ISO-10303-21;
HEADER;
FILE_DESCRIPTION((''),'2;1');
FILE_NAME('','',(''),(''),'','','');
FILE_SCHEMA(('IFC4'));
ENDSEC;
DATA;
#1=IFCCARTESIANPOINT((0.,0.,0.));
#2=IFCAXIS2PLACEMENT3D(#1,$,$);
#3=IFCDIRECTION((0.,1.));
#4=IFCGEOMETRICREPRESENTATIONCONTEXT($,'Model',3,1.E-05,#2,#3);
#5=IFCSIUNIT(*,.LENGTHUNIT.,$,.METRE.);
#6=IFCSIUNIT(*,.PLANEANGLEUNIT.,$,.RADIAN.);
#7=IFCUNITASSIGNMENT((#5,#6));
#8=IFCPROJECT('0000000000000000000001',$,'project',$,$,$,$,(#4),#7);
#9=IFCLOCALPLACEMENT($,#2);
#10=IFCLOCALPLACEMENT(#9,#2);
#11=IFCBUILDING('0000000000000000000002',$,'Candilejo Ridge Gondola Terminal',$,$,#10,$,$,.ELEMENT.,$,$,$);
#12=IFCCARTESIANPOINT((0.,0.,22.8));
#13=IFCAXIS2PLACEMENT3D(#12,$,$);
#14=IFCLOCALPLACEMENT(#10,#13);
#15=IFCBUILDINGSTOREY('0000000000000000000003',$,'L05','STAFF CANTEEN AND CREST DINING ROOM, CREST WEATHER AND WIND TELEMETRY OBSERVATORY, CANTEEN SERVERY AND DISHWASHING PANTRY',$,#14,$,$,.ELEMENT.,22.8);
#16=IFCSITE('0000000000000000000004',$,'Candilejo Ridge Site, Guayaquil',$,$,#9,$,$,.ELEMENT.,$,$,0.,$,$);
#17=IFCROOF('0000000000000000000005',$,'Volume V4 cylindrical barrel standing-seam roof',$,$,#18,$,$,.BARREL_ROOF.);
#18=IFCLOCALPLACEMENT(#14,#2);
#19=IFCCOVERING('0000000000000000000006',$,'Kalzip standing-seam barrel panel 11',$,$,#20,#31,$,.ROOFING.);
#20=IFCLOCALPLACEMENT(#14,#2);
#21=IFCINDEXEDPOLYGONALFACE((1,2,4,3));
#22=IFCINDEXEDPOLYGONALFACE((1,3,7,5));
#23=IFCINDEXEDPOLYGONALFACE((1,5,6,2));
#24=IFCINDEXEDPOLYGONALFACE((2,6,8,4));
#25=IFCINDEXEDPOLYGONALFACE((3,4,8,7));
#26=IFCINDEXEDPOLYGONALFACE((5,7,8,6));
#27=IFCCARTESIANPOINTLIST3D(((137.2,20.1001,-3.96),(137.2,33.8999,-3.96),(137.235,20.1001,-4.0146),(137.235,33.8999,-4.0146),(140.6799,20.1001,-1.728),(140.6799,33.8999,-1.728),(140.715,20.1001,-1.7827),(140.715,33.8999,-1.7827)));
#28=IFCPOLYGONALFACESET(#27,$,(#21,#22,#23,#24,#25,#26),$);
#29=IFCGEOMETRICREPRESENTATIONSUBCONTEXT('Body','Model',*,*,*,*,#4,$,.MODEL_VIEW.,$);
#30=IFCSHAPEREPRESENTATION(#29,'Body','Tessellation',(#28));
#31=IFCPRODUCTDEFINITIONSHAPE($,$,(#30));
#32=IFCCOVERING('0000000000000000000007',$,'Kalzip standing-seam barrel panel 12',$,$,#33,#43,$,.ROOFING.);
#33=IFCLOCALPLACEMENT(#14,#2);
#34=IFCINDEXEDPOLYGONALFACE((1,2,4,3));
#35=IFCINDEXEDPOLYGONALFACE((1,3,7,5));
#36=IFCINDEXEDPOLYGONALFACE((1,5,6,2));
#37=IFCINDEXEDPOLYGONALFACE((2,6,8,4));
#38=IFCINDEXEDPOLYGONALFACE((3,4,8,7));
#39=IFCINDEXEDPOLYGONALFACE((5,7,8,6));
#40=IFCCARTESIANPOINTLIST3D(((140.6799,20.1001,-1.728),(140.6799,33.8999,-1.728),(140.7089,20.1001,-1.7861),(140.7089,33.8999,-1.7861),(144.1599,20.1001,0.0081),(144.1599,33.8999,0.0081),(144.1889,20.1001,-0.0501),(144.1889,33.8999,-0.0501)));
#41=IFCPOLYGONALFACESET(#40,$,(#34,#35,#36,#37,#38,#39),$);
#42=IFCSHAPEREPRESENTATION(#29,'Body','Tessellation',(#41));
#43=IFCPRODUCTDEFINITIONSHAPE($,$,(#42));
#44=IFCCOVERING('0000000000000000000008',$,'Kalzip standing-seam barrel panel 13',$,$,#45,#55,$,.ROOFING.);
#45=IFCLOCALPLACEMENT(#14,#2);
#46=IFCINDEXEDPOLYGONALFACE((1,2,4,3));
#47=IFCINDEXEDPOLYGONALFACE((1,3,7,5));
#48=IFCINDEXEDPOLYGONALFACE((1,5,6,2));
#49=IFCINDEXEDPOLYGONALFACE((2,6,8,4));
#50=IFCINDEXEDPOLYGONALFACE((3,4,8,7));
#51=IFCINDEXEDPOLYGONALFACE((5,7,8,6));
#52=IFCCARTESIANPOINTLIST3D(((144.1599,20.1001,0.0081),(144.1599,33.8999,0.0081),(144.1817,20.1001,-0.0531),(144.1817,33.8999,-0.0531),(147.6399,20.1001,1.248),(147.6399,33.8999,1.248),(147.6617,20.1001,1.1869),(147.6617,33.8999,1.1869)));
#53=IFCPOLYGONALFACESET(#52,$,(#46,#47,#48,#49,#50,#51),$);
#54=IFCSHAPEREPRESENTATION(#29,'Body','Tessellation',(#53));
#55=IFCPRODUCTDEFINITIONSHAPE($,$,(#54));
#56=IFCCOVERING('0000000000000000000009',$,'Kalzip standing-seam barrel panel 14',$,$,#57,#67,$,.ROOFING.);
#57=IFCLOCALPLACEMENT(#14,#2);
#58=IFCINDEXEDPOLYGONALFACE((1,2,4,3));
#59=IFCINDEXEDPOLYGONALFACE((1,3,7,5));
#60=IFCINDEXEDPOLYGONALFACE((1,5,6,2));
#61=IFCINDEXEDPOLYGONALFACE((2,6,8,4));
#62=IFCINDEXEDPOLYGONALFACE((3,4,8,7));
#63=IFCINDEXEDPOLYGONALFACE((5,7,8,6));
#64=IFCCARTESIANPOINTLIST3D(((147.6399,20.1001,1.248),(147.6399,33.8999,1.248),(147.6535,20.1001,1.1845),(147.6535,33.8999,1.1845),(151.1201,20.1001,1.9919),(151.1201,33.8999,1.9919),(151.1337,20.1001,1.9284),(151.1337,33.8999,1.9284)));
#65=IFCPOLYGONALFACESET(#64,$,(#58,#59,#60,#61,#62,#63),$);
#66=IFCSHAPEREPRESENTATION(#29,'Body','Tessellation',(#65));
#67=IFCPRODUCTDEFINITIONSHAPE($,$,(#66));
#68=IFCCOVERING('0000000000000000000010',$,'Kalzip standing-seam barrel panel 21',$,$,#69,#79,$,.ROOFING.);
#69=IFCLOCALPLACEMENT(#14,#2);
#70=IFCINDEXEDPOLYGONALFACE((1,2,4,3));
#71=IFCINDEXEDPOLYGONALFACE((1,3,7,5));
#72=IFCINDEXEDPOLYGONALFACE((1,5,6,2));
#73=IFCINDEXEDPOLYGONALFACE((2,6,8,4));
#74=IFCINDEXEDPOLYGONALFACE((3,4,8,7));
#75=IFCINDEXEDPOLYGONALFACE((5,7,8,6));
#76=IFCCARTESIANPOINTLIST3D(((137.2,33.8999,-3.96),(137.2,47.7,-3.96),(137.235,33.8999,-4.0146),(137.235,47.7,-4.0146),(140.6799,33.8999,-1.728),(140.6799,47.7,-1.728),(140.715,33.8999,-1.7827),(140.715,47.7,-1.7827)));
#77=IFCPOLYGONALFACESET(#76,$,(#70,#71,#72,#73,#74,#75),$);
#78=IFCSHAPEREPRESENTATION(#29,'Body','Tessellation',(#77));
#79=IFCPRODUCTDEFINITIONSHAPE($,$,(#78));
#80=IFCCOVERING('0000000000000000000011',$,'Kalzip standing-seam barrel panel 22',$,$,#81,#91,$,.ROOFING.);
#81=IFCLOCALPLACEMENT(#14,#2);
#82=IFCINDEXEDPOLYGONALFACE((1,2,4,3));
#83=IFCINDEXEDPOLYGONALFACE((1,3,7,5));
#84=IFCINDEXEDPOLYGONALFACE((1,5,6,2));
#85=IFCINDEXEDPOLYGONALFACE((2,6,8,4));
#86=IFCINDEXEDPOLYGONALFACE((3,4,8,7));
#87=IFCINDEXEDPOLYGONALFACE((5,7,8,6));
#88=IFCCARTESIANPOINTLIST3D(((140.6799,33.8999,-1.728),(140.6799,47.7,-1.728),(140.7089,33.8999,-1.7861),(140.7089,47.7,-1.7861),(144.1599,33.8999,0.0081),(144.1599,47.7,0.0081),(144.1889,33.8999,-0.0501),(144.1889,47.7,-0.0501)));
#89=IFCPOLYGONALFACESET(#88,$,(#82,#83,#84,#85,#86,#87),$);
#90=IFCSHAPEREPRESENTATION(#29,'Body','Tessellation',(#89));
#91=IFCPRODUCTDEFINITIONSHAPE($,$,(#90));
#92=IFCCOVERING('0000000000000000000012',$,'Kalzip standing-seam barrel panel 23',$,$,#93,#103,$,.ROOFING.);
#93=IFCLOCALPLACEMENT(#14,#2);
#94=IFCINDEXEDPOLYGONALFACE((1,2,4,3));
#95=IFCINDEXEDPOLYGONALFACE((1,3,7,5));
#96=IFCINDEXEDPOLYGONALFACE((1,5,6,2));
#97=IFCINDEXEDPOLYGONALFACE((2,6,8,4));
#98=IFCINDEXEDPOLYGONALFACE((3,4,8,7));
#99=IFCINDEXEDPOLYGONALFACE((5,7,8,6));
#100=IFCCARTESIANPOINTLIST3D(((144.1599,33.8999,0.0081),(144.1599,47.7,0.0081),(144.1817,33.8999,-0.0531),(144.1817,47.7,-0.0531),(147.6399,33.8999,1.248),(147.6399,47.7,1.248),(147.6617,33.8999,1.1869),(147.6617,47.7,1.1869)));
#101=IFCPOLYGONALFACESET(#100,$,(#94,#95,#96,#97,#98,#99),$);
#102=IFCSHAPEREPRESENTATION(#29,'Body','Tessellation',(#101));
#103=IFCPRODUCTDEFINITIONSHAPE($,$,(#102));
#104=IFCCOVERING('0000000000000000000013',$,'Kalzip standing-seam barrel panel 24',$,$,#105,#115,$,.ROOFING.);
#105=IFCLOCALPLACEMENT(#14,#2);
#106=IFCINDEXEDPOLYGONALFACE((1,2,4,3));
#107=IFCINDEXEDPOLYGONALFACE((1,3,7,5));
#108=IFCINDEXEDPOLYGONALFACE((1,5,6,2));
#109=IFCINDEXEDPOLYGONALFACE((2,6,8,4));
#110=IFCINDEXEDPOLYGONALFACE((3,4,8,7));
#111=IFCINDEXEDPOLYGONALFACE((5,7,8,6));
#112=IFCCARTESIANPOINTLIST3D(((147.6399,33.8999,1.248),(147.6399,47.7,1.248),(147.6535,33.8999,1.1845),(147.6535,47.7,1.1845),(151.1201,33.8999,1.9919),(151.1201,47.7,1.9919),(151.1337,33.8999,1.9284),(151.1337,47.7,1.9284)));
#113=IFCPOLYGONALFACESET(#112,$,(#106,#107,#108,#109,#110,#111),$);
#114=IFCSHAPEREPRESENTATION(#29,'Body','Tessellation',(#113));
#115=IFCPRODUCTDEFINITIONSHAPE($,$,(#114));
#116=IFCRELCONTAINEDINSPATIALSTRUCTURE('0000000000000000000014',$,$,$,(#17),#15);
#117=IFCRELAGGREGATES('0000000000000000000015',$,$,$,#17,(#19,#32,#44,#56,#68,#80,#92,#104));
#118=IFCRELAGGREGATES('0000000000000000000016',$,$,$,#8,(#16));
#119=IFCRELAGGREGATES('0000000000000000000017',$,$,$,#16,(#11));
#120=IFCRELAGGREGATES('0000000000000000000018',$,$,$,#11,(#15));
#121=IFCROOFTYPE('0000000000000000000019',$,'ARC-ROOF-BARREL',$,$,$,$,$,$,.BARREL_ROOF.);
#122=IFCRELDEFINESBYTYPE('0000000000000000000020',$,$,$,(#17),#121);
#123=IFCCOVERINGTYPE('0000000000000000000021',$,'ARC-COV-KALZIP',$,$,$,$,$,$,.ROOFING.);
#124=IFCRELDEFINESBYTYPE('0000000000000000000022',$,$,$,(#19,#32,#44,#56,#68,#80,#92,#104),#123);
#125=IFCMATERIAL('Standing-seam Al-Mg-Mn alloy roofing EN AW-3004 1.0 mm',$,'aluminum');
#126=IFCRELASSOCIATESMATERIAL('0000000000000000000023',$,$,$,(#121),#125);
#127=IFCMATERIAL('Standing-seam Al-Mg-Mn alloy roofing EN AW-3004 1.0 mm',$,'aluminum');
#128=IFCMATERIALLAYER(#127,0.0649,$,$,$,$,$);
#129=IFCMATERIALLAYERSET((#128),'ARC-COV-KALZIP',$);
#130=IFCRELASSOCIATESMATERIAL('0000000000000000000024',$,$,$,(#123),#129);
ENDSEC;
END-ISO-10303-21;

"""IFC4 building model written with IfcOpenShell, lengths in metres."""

from ifc_helpers import new_model, si_unit, direction, frame, origin, place, context, subcontext, project, spatial, polyline, outline, extrude, material, layer, layer_set, type_object, element, aggregate, save


model = new_model("IFC4")

# Units and contexts
model_context = context("Model", 3, precision=1e-05, world=origin(), true_north=direction((0.0, 1.0)))
body_context = subcontext(model_context, "Body", "Model", "MODEL_VIEW")
ifc_project = project(units=[si_unit("LENGTHUNIT", "METRE"), si_unit("PLANEANGLEUNIT", "RADIAN")], contexts=[model_context])

# Site, building, storey
site_placement = place(None, origin())
site = spatial("IfcSite", under=ifc_project, at=site_placement, Name="Candilejo Ridge Site, Guayaquil", CompositionType="ELEMENT", RefElevation=0.0)
building_placement = place(site_placement, origin())
building = spatial("IfcBuilding", under=site, at=building_placement, Name="Candilejo Ridge Gondola Terminal", CompositionType="ELEMENT")
storey_placement = place(building_placement, frame((0.0, 0.0, 22.8)))
storey = spatial("IfcBuildingStorey", under=building, at=storey_placement, Name="L05", Description="STAFF CANTEEN AND CREST DINING ROOM, CREST WEATHER AND WIND TELEMETRY OBSERVATORY, CANTEEN SERVERY AND DISHWASHING PANTRY", CompositionType="ELEMENT", Elevation=22.8)

# Roof, coverings
ifc_material_1 = material(Name="Standing-seam Al-Mg-Mn alloy roofing EN AW-3004 1.0 mm", Category="aluminum")
roof_type = type_object("IfcRoofType", Name="ARC-ROOF-BARREL", PredefinedType="BARREL_ROOF", material=ifc_material_1)
roof_placement = place(storey_placement, origin())
roof = element("IfcRoof", 1, at=roof_placement, inside=storey, type_object=roof_type, Name="Volume V4 cylindrical barrel standing-seam roof", PredefinedType="BARREL_ROOF")
ifc_material_2 = material(Name="Standing-seam Al-Mg-Mn alloy roofing EN AW-3004 1.0 mm", Category="aluminum")
ifc_layer_1 = layer(ifc_material_2, 0.0649)
ifc_layer_set_1 = layer_set([ifc_layer_1], Name="ARC-COV-KALZIP")
covering_type = type_object("IfcCoveringType", Name="ARC-COV-KALZIP", PredefinedType="ROOFING", material=ifc_layer_set_1)
covering_1_placement = place(storey_placement, frame((137.2, 20.1001, -3.96), z_axis=(-0.539868, 0.0, 0.84175), x_axis=(0.84175, 0.0, 0.539868)))
covering_1 = element("IfcCovering", 2, at=covering_1_placement, type_object=covering_type, Name="Kalzip standing-seam barrel panel 11", PredefinedType="ROOFING", context=body_context, shape_type="SweptSolid", body=[
    extrude(outline(polyline([(0.0, 0.0), (4.1342, 0.0), (4.1342, 13.7998), (0.0, 13.7998), (0.0, 0.0)])), origin(), (0.0, 0.0, -1.0), 0.0649),
])
covering_2_placement = place(storey_placement, frame((140.6799, 20.1001, -1.728), z_axis=(-0.44641, 0.0, 0.894829), x_axis=(0.894829, 0.0, 0.44641)))
covering_2 = element("IfcCovering", 3, at=covering_2_placement, type_object=covering_type, Name="Kalzip standing-seam barrel panel 12", PredefinedType="ROOFING", context=body_context, shape_type="SweptSolid", body=[
    extrude(outline(polyline([(0.0, 0.0), (3.889, 0.0), (3.889, 13.7998), (0.0, 13.7998), (0.0, 0.0)])), origin(), (0.0, 0.0, -1.0), 0.0649),
])
covering_3_placement = place(storey_placement, frame((144.1599, 20.1001, 0.0081), z_axis=(-0.33565, 0.0, 0.941987), x_axis=(0.941987, 0.0, 0.33565)))
covering_3 = element("IfcCovering", 4, at=covering_3_placement, type_object=covering_type, Name="Kalzip standing-seam barrel panel 13", PredefinedType="ROOFING", context=body_context, shape_type="SweptSolid", body=[
    extrude(outline(polyline([(0.0, 0.0), (3.6943, 0.0), (3.6943, 13.7998), (0.0, 13.7998), (0.0, 0.0)])), origin(), (0.0, 0.0, -1.0), 0.0649),
])
covering_4_placement = place(storey_placement, frame((147.6399, 20.1001, 1.248), z_axis=(-0.209028, 0.0, 0.97791), x_axis=(0.97791, 0.0, 0.209028)))
covering_4 = element("IfcCovering", 5, at=covering_4_placement, type_object=covering_type, Name="Kalzip standing-seam barrel panel 14", PredefinedType="ROOFING", context=body_context, shape_type="SweptSolid", body=[
    extrude(outline(polyline([(0.0, 0.0), (3.5588, 0.0), (3.5588, 13.7998), (0.0, 13.7998), (0.0, 0.0)])), origin(), (0.0, 0.0, -1.0), 0.0649),
])
covering_5_placement = place(storey_placement, frame((137.2, 33.8999, -3.96), z_axis=(-0.539868, 0.0, 0.84175), x_axis=(0.84175, 0.0, 0.539868)))
covering_5 = element("IfcCovering", 6, at=covering_5_placement, type_object=covering_type, Name="Kalzip standing-seam barrel panel 21", PredefinedType="ROOFING", context=body_context, shape_type="SweptSolid", body=[
    extrude(outline(polyline([(0.0, 0.0), (4.1342, 0.0), (4.1342, 13.8), (0.0, 13.8), (0.0, 0.0)])), origin(), (0.0, 0.0, -1.0), 0.0649),
])
covering_6_placement = place(storey_placement, frame((140.6799, 33.8999, -1.728), z_axis=(-0.44641, 0.0, 0.894829), x_axis=(0.894829, 0.0, 0.44641)))
covering_6 = element("IfcCovering", 7, at=covering_6_placement, type_object=covering_type, Name="Kalzip standing-seam barrel panel 22", PredefinedType="ROOFING", context=body_context, shape_type="SweptSolid", body=[
    extrude(outline(polyline([(0.0, 0.0), (3.889, 0.0), (3.889, 13.8), (0.0, 13.8), (0.0, 0.0)])), origin(), (0.0, 0.0, -1.0), 0.0649),
])
covering_7_placement = place(storey_placement, frame((144.1599, 33.8999, 0.0081), z_axis=(-0.33565, 0.0, 0.941987), x_axis=(0.941987, 0.0, 0.33565)))
covering_7 = element("IfcCovering", 8, at=covering_7_placement, type_object=covering_type, Name="Kalzip standing-seam barrel panel 23", PredefinedType="ROOFING", context=body_context, shape_type="SweptSolid", body=[
    extrude(outline(polyline([(0.0, 0.0), (3.6943, 0.0), (3.6943, 13.8), (0.0, 13.8), (0.0, 0.0)])), origin(), (0.0, 0.0, -1.0), 0.0649),
])
covering_8_placement = place(storey_placement, frame((147.6399, 33.8999, 1.248), z_axis=(-0.209028, 0.0, 0.97791), x_axis=(0.97791, 0.0, 0.209028)))
covering_8 = element("IfcCovering", 9, at=covering_8_placement, type_object=covering_type, Name="Kalzip standing-seam barrel panel 24", PredefinedType="ROOFING", context=body_context, shape_type="SweptSolid", body=[
    extrude(outline(polyline([(0.0, 0.0), (3.5588, 0.0), (3.5588, 13.8), (0.0, 13.8), (0.0, 0.0)])), origin(), (0.0, 0.0, -1.0), 0.0649),
])
aggregate(roof, [covering_1, covering_2, covering_3, covering_4, covering_5, covering_6, covering_7, covering_8])

save(model, "model.ifc")
